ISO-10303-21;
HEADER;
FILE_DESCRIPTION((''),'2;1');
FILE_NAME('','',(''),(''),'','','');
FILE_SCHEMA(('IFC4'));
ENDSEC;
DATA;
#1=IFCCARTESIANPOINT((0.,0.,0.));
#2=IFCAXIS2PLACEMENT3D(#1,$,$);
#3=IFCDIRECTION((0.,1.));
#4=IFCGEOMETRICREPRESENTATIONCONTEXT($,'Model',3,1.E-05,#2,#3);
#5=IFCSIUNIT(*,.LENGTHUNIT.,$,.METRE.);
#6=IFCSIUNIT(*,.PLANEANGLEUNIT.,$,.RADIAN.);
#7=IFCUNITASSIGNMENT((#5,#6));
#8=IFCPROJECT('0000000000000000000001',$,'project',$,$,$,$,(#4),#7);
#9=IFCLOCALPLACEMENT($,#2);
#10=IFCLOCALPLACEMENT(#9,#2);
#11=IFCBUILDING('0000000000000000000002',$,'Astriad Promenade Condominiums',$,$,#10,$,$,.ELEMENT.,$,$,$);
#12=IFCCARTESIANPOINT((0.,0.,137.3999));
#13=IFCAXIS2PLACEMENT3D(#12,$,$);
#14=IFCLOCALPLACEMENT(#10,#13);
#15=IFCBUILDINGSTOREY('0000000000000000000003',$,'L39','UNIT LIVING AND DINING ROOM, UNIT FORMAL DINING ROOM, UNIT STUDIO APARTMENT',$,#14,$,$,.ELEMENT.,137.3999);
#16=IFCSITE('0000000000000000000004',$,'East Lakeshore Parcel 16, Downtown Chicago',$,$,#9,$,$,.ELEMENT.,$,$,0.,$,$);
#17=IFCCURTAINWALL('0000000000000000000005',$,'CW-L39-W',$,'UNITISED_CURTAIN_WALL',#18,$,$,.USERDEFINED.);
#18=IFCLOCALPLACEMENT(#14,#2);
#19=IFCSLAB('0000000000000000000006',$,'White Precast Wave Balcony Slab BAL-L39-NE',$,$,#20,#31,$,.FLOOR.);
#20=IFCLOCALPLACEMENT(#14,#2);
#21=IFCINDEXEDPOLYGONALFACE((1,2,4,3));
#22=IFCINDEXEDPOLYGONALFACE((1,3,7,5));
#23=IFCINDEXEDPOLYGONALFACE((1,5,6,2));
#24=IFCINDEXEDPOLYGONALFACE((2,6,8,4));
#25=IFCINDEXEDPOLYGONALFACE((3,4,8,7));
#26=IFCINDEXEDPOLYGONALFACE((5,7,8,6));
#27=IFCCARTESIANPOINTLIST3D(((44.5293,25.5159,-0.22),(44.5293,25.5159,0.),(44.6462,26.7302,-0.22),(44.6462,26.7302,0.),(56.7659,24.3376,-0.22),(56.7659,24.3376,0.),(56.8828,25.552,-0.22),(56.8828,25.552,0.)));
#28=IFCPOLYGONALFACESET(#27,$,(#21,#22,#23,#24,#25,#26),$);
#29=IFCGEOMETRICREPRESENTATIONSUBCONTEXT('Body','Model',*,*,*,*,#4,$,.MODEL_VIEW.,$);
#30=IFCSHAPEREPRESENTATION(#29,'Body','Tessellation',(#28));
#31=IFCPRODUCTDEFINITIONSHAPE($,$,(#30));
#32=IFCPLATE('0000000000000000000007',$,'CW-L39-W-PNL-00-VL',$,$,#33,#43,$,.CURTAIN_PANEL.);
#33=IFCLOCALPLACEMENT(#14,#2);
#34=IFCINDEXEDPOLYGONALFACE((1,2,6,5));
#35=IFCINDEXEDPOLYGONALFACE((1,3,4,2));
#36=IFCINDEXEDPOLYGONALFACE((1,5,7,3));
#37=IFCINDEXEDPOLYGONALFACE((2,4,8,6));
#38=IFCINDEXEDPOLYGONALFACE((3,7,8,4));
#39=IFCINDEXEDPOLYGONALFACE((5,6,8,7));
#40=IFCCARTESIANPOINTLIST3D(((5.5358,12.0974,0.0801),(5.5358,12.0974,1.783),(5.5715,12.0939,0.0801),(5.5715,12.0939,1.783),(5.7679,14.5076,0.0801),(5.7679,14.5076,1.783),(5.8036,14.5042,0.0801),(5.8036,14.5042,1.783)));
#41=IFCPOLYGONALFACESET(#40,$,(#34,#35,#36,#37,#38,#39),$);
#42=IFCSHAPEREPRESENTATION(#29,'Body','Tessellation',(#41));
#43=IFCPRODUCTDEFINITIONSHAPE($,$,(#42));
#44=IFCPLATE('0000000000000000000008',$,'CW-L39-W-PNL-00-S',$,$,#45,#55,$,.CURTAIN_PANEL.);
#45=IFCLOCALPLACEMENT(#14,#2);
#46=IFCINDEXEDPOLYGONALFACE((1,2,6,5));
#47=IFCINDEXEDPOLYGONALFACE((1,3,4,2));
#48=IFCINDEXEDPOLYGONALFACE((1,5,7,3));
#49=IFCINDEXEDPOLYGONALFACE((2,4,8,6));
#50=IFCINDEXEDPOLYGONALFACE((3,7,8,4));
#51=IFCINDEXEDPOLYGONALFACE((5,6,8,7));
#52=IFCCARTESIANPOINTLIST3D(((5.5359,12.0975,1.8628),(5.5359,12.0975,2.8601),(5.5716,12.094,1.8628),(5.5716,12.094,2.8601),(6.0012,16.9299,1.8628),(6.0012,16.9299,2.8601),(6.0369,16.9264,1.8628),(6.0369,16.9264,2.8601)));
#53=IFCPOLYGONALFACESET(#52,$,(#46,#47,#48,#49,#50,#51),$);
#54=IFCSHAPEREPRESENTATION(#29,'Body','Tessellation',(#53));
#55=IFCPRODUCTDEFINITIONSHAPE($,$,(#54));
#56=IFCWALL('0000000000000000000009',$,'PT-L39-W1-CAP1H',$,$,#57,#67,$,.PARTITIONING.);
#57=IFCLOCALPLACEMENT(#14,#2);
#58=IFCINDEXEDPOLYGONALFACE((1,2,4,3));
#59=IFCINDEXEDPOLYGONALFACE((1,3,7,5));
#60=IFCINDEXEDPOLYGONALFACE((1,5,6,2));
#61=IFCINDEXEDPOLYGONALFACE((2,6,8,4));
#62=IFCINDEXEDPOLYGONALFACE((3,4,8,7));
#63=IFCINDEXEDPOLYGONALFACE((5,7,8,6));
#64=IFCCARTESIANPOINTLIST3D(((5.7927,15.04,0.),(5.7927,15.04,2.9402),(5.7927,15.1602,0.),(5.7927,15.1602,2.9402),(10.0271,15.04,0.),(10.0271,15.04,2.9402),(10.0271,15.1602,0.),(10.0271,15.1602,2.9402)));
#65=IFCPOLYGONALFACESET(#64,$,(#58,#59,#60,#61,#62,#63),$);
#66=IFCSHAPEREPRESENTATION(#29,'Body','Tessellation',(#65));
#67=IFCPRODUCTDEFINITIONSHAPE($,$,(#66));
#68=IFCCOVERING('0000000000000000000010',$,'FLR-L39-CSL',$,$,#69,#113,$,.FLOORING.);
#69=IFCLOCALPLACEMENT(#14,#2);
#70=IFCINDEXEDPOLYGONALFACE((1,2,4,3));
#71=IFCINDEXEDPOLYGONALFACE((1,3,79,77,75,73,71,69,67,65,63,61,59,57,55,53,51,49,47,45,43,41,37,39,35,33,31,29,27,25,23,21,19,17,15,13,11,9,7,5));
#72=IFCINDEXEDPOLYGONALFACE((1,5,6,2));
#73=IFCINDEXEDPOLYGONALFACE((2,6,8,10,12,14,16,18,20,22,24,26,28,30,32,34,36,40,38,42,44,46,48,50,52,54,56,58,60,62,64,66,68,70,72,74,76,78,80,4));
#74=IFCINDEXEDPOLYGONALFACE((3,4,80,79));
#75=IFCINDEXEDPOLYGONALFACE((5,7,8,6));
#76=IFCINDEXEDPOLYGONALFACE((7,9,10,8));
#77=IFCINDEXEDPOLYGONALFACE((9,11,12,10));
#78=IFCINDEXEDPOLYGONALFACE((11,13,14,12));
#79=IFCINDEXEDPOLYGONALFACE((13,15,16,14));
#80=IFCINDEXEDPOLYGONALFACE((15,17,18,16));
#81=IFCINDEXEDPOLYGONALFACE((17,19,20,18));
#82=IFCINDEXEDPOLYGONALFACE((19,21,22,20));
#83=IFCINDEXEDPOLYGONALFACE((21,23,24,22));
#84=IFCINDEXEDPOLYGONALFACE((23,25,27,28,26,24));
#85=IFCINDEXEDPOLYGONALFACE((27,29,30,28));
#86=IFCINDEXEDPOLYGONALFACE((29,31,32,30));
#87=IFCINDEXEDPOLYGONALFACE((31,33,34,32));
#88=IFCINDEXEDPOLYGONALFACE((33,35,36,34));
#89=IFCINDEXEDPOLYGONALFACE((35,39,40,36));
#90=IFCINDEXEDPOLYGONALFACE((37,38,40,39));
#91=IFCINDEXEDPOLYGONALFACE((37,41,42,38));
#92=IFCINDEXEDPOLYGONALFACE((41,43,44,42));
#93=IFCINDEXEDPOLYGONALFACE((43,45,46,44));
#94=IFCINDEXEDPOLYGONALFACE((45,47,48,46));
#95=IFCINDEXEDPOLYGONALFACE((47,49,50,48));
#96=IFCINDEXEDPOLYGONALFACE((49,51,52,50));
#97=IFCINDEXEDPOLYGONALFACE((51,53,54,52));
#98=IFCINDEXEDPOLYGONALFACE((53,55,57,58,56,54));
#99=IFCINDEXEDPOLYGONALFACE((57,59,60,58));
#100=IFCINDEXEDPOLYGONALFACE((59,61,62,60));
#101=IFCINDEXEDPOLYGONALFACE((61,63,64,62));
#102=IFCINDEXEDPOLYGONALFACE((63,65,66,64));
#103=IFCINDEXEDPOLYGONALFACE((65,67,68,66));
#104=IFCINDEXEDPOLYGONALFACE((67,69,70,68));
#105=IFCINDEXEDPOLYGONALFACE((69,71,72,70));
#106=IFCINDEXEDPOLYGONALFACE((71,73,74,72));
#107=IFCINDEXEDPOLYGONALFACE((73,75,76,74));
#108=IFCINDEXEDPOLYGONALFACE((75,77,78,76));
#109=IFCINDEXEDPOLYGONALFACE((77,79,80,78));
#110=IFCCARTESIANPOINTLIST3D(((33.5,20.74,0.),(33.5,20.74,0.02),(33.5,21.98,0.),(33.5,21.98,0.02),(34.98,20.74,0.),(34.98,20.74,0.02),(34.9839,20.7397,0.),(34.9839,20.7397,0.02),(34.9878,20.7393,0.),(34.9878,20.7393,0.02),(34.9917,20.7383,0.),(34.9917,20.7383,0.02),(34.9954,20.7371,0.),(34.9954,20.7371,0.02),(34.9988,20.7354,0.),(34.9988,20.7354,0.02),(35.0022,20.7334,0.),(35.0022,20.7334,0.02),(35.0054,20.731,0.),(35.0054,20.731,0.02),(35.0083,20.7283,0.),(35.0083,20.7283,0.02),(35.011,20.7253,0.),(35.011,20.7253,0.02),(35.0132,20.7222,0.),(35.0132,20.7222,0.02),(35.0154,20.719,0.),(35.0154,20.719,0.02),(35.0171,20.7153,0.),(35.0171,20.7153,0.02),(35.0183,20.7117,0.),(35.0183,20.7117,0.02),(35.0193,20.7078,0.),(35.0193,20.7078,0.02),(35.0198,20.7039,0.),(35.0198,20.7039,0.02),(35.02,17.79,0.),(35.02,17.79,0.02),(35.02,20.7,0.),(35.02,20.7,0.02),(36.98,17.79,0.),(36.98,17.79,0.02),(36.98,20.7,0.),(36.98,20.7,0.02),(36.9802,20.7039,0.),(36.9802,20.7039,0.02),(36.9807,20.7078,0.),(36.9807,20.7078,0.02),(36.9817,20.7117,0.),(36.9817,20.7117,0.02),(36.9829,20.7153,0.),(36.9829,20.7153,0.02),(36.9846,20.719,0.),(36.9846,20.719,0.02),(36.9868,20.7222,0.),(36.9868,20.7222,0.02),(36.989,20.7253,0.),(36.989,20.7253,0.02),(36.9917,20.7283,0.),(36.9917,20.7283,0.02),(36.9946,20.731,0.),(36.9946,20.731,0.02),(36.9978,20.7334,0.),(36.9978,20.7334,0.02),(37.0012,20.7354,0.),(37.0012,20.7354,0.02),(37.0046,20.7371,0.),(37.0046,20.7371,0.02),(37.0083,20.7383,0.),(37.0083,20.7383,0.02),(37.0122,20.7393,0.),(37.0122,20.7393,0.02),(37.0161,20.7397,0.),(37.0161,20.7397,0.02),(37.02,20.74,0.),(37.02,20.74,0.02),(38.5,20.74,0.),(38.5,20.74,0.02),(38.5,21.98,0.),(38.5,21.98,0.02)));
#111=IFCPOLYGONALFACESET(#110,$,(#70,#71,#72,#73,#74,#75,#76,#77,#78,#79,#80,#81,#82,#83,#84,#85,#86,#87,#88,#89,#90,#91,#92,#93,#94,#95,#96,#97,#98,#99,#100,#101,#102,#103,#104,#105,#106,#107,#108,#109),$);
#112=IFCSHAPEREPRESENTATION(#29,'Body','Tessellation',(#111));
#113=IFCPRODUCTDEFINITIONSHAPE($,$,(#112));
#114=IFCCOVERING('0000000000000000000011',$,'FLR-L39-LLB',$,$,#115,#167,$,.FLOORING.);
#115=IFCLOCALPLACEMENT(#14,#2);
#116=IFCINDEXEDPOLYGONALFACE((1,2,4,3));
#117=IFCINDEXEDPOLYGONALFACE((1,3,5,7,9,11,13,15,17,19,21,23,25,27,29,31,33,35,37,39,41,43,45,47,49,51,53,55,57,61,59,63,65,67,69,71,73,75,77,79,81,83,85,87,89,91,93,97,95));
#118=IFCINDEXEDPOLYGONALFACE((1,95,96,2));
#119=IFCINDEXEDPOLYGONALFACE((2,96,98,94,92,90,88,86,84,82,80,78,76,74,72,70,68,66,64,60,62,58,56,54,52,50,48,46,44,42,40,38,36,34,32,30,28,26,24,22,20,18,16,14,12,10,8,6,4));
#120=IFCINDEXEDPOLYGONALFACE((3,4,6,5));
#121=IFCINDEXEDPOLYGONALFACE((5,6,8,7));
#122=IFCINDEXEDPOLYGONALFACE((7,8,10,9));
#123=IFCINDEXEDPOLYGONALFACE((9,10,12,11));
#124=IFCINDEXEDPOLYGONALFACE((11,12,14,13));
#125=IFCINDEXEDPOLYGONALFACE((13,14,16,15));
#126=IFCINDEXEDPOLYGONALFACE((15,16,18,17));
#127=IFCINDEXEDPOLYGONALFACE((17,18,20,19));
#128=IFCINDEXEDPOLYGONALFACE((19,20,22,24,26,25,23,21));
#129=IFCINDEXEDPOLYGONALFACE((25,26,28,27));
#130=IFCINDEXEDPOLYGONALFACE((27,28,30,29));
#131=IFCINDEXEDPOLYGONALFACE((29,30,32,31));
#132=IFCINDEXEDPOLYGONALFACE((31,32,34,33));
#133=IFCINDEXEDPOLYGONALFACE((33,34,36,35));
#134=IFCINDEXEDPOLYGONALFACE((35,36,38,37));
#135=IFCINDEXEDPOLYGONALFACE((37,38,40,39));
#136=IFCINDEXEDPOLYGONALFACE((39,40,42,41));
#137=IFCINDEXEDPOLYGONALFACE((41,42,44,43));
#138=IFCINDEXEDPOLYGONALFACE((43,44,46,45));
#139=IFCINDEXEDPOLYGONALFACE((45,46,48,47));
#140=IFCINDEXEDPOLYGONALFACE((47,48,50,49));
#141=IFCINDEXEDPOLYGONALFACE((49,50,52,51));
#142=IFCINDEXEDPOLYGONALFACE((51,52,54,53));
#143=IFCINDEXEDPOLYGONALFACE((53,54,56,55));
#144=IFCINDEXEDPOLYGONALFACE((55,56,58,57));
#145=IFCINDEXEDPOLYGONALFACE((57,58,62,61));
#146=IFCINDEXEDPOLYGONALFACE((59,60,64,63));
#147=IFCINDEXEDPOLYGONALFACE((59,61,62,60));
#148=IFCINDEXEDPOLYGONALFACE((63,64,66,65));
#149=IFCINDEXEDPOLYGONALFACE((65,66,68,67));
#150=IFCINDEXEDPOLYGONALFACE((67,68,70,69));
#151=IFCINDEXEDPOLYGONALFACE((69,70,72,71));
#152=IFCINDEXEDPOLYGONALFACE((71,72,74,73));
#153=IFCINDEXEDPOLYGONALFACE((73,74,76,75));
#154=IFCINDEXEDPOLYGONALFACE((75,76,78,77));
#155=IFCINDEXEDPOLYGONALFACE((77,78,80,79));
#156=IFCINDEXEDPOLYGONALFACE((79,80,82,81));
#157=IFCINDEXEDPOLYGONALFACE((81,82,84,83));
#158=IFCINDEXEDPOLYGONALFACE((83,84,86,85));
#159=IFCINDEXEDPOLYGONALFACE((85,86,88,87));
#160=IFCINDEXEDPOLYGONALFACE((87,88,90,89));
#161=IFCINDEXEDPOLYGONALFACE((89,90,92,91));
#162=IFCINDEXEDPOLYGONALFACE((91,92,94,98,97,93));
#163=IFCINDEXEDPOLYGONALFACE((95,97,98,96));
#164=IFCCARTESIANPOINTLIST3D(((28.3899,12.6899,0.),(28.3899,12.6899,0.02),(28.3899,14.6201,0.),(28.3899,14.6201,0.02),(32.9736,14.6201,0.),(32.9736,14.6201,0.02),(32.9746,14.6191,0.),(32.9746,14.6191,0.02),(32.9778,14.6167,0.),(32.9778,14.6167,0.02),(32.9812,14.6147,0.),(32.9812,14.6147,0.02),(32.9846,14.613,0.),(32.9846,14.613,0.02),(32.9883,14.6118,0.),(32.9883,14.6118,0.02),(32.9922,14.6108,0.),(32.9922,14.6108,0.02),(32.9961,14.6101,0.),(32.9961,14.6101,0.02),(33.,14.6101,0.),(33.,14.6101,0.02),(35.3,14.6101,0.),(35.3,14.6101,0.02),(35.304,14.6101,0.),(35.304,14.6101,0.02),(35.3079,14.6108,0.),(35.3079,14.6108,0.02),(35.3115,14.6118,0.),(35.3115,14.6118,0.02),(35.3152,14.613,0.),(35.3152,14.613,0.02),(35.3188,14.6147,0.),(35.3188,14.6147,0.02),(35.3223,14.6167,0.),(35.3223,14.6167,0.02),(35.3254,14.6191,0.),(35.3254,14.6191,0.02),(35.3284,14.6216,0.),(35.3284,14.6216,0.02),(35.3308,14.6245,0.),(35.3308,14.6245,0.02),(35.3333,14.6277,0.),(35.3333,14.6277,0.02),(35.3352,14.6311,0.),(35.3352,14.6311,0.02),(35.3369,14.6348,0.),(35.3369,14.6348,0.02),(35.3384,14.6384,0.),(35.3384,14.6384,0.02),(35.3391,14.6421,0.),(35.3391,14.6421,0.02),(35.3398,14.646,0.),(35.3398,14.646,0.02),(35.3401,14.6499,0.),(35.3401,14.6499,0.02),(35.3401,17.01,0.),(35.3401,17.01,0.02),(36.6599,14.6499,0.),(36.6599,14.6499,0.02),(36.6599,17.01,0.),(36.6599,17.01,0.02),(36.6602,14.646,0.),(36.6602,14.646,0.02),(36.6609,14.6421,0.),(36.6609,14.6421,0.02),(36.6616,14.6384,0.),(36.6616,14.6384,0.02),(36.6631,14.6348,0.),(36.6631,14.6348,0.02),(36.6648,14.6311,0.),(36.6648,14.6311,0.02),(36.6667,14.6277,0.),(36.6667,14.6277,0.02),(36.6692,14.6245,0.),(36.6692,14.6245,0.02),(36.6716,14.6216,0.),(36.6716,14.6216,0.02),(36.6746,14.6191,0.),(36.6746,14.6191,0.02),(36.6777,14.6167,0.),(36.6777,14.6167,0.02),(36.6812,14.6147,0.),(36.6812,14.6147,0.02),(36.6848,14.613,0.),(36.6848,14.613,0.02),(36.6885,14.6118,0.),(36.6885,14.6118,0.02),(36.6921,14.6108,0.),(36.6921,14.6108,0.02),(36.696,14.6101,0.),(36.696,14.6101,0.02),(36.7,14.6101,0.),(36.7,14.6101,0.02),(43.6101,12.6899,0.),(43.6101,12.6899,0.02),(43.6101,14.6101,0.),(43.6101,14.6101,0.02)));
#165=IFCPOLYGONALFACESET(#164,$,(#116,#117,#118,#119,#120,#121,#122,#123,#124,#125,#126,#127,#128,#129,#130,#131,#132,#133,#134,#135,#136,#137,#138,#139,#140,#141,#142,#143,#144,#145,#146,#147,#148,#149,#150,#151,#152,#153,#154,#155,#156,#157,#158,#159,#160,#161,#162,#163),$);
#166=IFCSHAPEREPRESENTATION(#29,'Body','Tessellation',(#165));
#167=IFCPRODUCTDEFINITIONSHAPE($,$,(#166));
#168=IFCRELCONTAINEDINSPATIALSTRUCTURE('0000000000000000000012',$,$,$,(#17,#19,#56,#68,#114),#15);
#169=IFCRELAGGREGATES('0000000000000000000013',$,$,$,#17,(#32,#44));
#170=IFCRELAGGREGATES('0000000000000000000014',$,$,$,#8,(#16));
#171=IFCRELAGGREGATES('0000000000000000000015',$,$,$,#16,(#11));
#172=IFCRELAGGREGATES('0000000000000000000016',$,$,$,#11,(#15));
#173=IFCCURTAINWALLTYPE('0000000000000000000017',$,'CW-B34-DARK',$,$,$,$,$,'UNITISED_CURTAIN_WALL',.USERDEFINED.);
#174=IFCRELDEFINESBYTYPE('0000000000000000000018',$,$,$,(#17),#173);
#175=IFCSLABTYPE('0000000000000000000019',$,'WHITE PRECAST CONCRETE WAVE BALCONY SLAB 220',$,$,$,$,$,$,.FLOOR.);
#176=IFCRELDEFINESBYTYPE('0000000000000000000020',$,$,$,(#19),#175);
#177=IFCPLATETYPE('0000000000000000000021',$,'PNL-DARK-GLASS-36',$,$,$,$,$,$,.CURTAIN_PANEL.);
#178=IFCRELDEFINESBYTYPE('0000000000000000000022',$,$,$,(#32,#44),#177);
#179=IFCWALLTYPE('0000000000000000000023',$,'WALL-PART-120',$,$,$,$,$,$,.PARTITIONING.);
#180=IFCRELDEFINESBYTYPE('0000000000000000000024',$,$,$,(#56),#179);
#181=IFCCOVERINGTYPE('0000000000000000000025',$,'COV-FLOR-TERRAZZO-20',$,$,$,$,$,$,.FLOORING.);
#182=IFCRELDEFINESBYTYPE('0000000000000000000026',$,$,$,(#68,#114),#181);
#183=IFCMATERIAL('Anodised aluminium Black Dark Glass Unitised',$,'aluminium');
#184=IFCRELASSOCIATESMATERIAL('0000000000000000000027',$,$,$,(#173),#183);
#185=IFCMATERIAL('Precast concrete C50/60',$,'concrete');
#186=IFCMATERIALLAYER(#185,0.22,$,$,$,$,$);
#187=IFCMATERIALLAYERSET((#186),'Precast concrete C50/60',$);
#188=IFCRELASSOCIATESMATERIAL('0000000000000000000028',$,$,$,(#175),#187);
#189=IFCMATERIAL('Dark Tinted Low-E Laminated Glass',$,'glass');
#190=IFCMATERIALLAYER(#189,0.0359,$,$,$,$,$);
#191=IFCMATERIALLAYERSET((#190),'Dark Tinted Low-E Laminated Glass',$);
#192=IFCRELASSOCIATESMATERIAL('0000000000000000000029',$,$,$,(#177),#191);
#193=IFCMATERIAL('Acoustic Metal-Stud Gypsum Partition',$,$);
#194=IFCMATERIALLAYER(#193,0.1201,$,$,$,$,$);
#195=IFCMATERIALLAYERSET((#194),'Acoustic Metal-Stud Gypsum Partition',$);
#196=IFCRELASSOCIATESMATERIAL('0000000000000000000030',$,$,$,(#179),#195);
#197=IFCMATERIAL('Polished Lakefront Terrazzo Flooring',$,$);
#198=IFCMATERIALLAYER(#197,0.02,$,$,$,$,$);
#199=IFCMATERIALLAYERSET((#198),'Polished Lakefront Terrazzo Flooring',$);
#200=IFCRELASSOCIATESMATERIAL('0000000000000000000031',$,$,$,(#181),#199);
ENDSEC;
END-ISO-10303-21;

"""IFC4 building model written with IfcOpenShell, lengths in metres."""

from ifc_helpers import new_model, si_unit, direction, frame, frame_2d, origin, origin_2d, place, context, subcontext, project, spatial, polyline, rectangle, outline, extrude, source, transform, mapped, material, layer, layer_set, type_object, type_shapes, element, aggregate, save


model = new_model("IFC4")

# Units and contexts
model_context = context("Model", 3, precision=1e-05, world=origin(), true_north=direction((0.0, 1.0)))
body_context = subcontext(model_context, "Body", "Model", "MODEL_VIEW")
ifc_project = project(units=[si_unit("LENGTHUNIT", "METRE"), si_unit("PLANEANGLEUNIT", "RADIAN")], contexts=[model_context])

# Site, building, storey
site_placement = place(None, origin())
site = spatial("IfcSite", under=ifc_project, at=site_placement, Name="East Lakeshore Parcel 16, Downtown Chicago", CompositionType="ELEMENT", RefElevation=0.0)
building_placement = place(site_placement, origin())
building = spatial("IfcBuilding", under=site, at=building_placement, Name="Astriad Promenade Condominiums", CompositionType="ELEMENT")
storey_placement = place(building_placement, frame((0.0, 0.0, 137.3999)))
storey = spatial("IfcBuildingStorey", under=building, at=storey_placement, Name="L39", Description="UNIT LIVING AND DINING ROOM, UNIT FORMAL DINING ROOM, UNIT STUDIO APARTMENT", CompositionType="ELEMENT", Elevation=137.3999)

# Curtain wall
ifc_material_1 = material(Name="Anodised aluminium Black Dark Glass Unitised", Category="aluminium")
curtain_wall_type = type_object("IfcCurtainWallType", Name="CW-B34-DARK", ElementType="UNITISED_CURTAIN_WALL", PredefinedType="USERDEFINED", material=ifc_material_1)
curtain_wall_placement = place(storey_placement, origin())
curtain_wall = element("IfcCurtainWall", 1, at=curtain_wall_placement, inside=storey, type_object=curtain_wall_type, Name="CW-L39-W", ObjectType="UNITISED_CURTAIN_WALL", PredefinedType="USERDEFINED")

# Slab
ifc_material_2 = material(Name="Precast concrete C50/60", Category="concrete")
ifc_layer_1 = layer(ifc_material_2, 0.22)
ifc_layer_set_1 = layer_set([ifc_layer_1], Name="Precast concrete C50/60")
slab_type_1 = type_object("IfcSlabType", Name="WHITE PRECAST CONCRETE WAVE BALCONY SLAB 220", PredefinedType="FLOOR", material=ifc_layer_set_1)
slab_1_placement = place(storey_placement, frame((0.0, 0.0, -0.22)))
element("IfcSlab", 2, at=slab_1_placement, inside=storey, type_object=slab_type_1, Name="White Precast Wave Balcony Slab BAL-L39-NE", PredefinedType="FLOOR", context=body_context, shape_type="SweptSolid", body=[
    extrude(outline(polyline([(44.5293, 25.5159), (56.7659, 24.3376), (56.8828, 25.552), (44.6462, 26.7302), (44.5293, 25.5159)])), origin(), (0.0, 0.0, 1.0), 0.22),
])

# Plates
ifc_material_3 = material(Name="Dark Tinted Low-E Laminated Glass", Category="glass")
ifc_layer_2 = layer(ifc_material_3, 0.0359)
ifc_layer_set_2 = layer_set([ifc_layer_2], Name="Dark Tinted Low-E Laminated Glass")
plate_type = type_object("IfcPlateType", Name="PNL-DARK-GLASS-36", PredefinedType="CURTAIN_PANEL", material=ifc_layer_set_2)
shared_shape_1 = source(origin(), body_context, "Body", "SweptSolid", [
    extrude(rectangle(XDim=2.4214, YDim=0.0359, at=origin_2d()), origin(), (0.0, 0.0, 1.0), 1.7029),
])
plate_1_placement = place(storey_placement, frame((5.6697, 13.3008, 0.0801), z_axis=(0.0, 0.0, 1.0), x_axis=(0.095846, 0.995396, 0.0)))
plate_1 = element("IfcPlate", 3, at=plate_1_placement, type_object=plate_type, Name="CW-L39-W-PNL-00-VL", PredefinedType="CURTAIN_PANEL", context=body_context, shape_type="MappedRepresentation", body=[
    mapped(shared_shape_1, transform((0.0, 0.0, 0.0), scale=1.0)),
])
shared_shape_2 = source(origin(), body_context, "Body", "SweptSolid", [
    extrude(rectangle(XDim=4.8547, YDim=0.0359, at=origin_2d()), origin(), (0.0, 0.0, 1.0), 0.9973),
])
type_shapes(plate_type, [shared_shape_1, shared_shape_2])
plate_2_placement = place(storey_placement, frame((5.7864, 14.512, 1.8628), z_axis=(0.0, 0.0, 1.0), x_axis=(0.095846, 0.995396, 0.0)))
plate_2 = element("IfcPlate", 4, at=plate_2_placement, type_object=plate_type, Name="CW-L39-W-PNL-00-S", PredefinedType="CURTAIN_PANEL", context=body_context, shape_type="MappedRepresentation", body=[
    mapped(shared_shape_2, transform((0.0, 0.0, 0.0), scale=1.0)),
])
aggregate(curtain_wall, [plate_1, plate_2])

# Wall
ifc_material_4 = material(Name="Acoustic Metal-Stud Gypsum Partition")
ifc_layer_3 = layer(ifc_material_4, 0.1201)
ifc_layer_set_3 = layer_set([ifc_layer_3], Name="Acoustic Metal-Stud Gypsum Partition")
wall_type = type_object("IfcWallType", Name="WALL-PART-120", PredefinedType="PARTITIONING", material=ifc_layer_set_3)
wall_placement = place(storey_placement, frame((5.7927, 15.1001, 0.0), z_axis=(0.0, 0.0, 1.0), x_axis=(1.0, 0.0, 0.0)))
element("IfcWall", 5, at=wall_placement, inside=storey, type_object=wall_type, Name="PT-L39-W1-CAP1H", PredefinedType="PARTITIONING", context=body_context, shape_type="SweptSolid", body=[
    extrude(rectangle(XDim=4.2344, YDim=0.1201, at=frame_2d((2.1172, 0.0))), origin(), (0.0, 0.0, 1.0), 2.9402),
])

# Coverings
ifc_material_5 = material(Name="Polished Lakefront Terrazzo Flooring")
ifc_layer_4 = layer(ifc_material_5, 0.02)
ifc_layer_set_4 = layer_set([ifc_layer_4], Name="Polished Lakefront Terrazzo Flooring")
covering_type = type_object("IfcCoveringType", Name="COV-FLOR-TERRAZZO-20", PredefinedType="FLOORING", material=ifc_layer_set_4)
covering_1_placement = place(storey_placement, origin())
element("IfcCovering", 6, at=covering_1_placement, inside=storey, type_object=covering_type, Name="FLR-L39-CSL", PredefinedType="FLOORING", context=body_context, shape_type="SweptSolid", body=[
    extrude(outline(polyline([(36.98, 20.7), (36.98, 17.79), (35.02, 17.79), (35.02, 20.7), (35.0198, 20.7039), (35.0193, 20.7078), (35.0183, 20.7117), (35.0171, 20.7153), (35.0154, 20.719), (35.0132, 20.7222), (35.011, 20.7253), (35.0083, 20.7283), (35.0054, 20.731), (35.0022, 20.7334), (34.9988, 20.7354), (34.9954, 20.7371), (34.9917, 20.7383), (34.9878, 20.7393), (34.9839, 20.7397), (34.98, 20.74), (33.5, 20.74), (33.5, 21.98), (38.5, 21.98), (38.5, 20.74), (37.02, 20.74), (37.0161, 20.7397), (37.0122, 20.7393), (37.0083, 20.7383), (37.0046, 20.7371), (37.0012, 20.7354), (36.9978, 20.7334), (36.9946, 20.731), (36.9917, 20.7283), (36.989, 20.7253), (36.9868, 20.7222), (36.9846, 20.719), (36.9829, 20.7153), (36.9817, 20.7117), (36.9807, 20.7078), (36.9802, 20.7039), (36.98, 20.7)])), origin(), (0.0, 0.0, 1.0), 0.02),
])
covering_2_placement = place(storey_placement, origin())
element("IfcCovering", 7, at=covering_2_placement, inside=storey, type_object=covering_type, Name="FLR-L39-LLB", PredefinedType="FLOORING", context=body_context, shape_type="SweptSolid", body=[
    extrude(outline(polyline([(32.9736, 14.6201), (32.9746, 14.6191), (32.9778, 14.6167), (32.9812, 14.6147), (32.9846, 14.613), (32.9883, 14.6118), (32.9922, 14.6108), (32.9961, 14.6101), (33.0, 14.6101), (35.3, 14.6101), (35.304, 14.6101), (35.3079, 14.6108), (35.3115, 14.6118), (35.3152, 14.613), (35.3188, 14.6147), (35.3223, 14.6167), (35.3254, 14.6191), (35.3284, 14.6216), (35.3308, 14.6245), (35.3333, 14.6277), (35.3352, 14.6311), (35.3369, 14.6348), (35.3384, 14.6384), (35.3391, 14.6421), (35.3398, 14.646), (35.3401, 14.6499), (35.3401, 17.01), (36.6599, 17.01), (36.6599, 14.6499), (36.6602, 14.646), (36.6609, 14.6421), (36.6616, 14.6384), (36.6631, 14.6348), (36.6648, 14.6311), (36.6667, 14.6277), (36.6692, 14.6245), (36.6716, 14.6216), (36.6746, 14.6191), (36.6777, 14.6167), (36.6812, 14.6147), (36.6848, 14.613), (36.6885, 14.6118), (36.6921, 14.6108), (36.696, 14.6101), (36.7, 14.6101), (43.6101, 14.6101), (43.6101, 12.6899), (28.3899, 12.6899), (28.3899, 14.6201), (32.9736, 14.6201)])), origin(), (0.0, 0.0, 1.0), 0.02),
])

save(model, "model.ifc")
